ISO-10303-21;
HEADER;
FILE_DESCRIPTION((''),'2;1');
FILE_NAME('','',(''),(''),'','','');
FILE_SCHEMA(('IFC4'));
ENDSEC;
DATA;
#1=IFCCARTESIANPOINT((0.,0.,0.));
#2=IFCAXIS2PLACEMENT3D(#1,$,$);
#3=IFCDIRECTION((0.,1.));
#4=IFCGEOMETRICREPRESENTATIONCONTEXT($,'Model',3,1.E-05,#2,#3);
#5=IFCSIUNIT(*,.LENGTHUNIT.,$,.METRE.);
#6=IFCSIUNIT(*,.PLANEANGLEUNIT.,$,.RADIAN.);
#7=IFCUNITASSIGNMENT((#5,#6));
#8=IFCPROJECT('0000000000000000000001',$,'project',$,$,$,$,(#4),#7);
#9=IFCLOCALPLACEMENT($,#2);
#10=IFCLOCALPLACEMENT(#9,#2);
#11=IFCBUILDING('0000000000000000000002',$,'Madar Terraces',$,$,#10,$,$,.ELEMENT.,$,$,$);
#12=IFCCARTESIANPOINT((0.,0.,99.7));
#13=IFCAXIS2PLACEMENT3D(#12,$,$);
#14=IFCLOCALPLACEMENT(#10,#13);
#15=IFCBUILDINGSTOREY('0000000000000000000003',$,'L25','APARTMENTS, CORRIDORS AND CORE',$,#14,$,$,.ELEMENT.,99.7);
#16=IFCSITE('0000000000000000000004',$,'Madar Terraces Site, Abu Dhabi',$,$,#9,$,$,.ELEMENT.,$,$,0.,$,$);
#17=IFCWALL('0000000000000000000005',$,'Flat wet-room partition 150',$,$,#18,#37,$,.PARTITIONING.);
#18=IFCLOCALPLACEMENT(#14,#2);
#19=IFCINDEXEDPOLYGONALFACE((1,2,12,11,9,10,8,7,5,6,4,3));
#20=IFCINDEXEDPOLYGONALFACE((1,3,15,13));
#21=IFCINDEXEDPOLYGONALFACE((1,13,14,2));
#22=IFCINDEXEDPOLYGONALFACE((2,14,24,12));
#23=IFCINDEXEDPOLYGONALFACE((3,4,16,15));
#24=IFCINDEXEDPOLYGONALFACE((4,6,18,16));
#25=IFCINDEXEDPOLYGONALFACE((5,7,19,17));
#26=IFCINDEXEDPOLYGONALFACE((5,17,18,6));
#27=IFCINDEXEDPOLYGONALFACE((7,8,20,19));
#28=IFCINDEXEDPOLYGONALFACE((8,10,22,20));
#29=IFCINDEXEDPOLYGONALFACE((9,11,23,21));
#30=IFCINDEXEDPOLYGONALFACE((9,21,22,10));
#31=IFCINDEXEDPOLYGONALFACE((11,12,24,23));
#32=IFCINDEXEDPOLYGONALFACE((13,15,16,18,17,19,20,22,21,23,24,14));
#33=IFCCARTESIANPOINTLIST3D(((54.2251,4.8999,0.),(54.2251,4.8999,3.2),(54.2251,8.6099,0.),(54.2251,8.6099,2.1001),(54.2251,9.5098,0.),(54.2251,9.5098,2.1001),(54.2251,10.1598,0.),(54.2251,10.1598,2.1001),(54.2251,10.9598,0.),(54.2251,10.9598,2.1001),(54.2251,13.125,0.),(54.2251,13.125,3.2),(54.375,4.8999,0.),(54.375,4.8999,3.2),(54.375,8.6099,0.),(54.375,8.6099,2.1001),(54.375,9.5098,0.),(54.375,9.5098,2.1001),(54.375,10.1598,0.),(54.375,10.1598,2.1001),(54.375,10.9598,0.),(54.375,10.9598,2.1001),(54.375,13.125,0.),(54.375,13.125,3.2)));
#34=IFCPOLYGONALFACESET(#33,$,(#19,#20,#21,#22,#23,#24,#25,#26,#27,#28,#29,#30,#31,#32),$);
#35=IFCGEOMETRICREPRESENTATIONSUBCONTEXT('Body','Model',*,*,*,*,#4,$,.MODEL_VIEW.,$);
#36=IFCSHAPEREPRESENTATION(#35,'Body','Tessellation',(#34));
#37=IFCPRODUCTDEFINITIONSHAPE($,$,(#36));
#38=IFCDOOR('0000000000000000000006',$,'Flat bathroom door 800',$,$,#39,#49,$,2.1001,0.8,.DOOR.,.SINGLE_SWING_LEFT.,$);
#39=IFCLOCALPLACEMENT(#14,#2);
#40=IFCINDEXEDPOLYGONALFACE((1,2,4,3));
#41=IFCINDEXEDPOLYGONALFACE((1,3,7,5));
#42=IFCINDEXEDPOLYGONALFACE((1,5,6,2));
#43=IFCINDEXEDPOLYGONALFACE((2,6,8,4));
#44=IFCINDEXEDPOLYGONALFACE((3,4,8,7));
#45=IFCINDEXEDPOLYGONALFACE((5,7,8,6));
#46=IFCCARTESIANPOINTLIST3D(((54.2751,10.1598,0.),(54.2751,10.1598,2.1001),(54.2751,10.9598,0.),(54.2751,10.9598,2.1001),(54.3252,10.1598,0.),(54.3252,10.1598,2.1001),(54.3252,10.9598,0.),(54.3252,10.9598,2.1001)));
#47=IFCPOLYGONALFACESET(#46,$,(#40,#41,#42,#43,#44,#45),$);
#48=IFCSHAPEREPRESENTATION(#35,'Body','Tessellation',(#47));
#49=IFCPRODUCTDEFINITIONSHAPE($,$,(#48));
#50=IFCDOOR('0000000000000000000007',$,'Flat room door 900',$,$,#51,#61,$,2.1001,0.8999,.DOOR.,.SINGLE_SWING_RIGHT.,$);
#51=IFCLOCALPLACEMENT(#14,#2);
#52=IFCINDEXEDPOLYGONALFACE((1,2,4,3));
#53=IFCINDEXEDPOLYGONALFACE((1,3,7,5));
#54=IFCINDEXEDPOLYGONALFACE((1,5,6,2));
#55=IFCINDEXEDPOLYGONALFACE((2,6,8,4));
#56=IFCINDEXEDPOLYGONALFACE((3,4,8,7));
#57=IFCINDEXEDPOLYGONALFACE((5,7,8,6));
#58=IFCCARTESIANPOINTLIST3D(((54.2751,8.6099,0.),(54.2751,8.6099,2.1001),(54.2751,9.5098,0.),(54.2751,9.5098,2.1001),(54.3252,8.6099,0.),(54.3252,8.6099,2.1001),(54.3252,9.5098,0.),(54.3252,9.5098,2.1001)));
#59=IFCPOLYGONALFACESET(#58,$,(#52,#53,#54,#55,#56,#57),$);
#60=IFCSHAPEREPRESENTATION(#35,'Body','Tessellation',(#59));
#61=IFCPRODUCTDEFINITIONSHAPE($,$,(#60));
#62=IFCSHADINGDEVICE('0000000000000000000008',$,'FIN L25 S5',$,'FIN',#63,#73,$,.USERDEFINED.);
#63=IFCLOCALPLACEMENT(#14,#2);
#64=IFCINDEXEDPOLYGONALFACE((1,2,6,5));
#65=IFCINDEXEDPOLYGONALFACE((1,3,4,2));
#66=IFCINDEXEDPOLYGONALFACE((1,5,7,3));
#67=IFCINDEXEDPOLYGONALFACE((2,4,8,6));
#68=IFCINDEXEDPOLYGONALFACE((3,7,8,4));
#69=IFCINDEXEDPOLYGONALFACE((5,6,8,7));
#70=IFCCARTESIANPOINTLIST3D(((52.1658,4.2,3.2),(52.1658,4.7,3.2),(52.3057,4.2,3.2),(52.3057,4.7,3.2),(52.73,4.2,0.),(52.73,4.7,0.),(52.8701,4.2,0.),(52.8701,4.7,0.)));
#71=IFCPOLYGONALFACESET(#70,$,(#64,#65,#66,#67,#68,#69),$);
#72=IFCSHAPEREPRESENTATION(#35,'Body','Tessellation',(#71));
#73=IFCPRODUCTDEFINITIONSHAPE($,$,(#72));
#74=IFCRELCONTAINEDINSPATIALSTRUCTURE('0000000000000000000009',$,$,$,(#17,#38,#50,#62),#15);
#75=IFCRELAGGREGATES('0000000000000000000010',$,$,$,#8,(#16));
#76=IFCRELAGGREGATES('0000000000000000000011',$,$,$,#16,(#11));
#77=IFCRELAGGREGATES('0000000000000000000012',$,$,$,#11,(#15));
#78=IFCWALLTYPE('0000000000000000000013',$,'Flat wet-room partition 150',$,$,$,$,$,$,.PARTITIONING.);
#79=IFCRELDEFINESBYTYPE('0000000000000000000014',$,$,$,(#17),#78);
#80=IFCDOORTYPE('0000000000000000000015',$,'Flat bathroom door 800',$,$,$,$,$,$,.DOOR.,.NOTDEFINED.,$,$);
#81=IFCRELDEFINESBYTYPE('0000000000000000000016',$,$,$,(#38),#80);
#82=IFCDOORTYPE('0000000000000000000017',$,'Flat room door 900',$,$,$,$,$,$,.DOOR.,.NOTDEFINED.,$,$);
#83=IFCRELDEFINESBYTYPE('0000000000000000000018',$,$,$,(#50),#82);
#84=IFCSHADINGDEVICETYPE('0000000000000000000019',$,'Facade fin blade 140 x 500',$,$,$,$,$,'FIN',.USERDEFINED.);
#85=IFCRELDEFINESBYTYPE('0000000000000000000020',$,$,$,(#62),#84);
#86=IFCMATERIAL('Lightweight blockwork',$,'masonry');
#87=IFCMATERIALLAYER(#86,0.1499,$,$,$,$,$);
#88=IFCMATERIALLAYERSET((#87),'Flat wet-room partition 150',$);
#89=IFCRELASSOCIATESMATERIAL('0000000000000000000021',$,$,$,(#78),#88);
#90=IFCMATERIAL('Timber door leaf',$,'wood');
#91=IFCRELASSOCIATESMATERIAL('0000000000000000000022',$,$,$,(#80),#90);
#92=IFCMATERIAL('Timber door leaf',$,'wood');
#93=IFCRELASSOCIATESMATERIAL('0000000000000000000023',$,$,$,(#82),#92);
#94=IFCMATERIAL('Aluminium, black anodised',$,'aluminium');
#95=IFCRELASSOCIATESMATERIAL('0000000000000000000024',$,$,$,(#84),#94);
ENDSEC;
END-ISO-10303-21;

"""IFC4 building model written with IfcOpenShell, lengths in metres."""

from ifc_helpers import new_model, si_unit, direction, frame, frame_2d, origin, place, context, subcontext, project, spatial, polyline, rectangle, outline, extrude, material, layer, layer_set, type_object, element, fill, save


model = new_model("IFC4")

# Units and contexts
model_context = context("Model", 3, precision=1e-05, world=origin(), true_north=direction((0.0, 1.0)))
body_context = subcontext(model_context, "Body", "Model", "MODEL_VIEW")
ifc_project = project(units=[si_unit("LENGTHUNIT", "METRE"), si_unit("PLANEANGLEUNIT", "RADIAN")], contexts=[model_context])

# Site, building, storey
site_placement = place(None, origin())
site = spatial("IfcSite", under=ifc_project, at=site_placement, Name="Madar Terraces Site, Abu Dhabi", CompositionType="ELEMENT", RefElevation=0.0)
building_placement = place(site_placement, origin())
building = spatial("IfcBuilding", under=site, at=building_placement, Name="Madar Terraces", CompositionType="ELEMENT")
storey_placement = place(building_placement, frame((0.0, 0.0, 99.7)))
storey = spatial("IfcBuildingStorey", under=building, at=storey_placement, Name="L25", Description="APARTMENTS, CORRIDORS AND CORE", CompositionType="ELEMENT", Elevation=99.7)

# Shared definitions
ifc_material_1 = material(Name="Lightweight blockwork", Category="masonry")
ifc_layer_1 = layer(ifc_material_1, 0.1499)
ifc_layer_set_1 = layer_set([ifc_layer_1], Name="Flat wet-room partition 150")
wall_type_1 = type_object("IfcWallType", Name="Flat wet-room partition 150", PredefinedType="PARTITIONING", material=ifc_layer_set_1)

# Wall, openings, doors
wall_1_placement = place(storey_placement, frame((54.3, 4.8999, 0.0), z_axis=(0.0, 0.0, 1.0), x_axis=(0.0, 1.0, 0.0)))
wall_1 = element("IfcWall", 1, at=wall_1_placement, inside=storey, type_object=wall_type_1, Name="Flat wet-room partition 150", PredefinedType="PARTITIONING", context=body_context, shape_type="SweptSolid", body=[
    extrude(rectangle(XDim=8.2251, YDim=0.1499, at=frame_2d((4.1125, 0.0))), origin(), (0.0, 0.0, 1.0), 3.2),
])
opening_1_placement = place(wall_1_placement, frame((5.26, 0.0, 0.0)))
opening_1 = element("IfcOpeningElement", 2, at=opening_1_placement, cuts=wall_1, PredefinedType="OPENING", context=body_context, shape_type="SweptSolid", body=[
    extrude(rectangle(XDim=0.8, YDim=2.1001, at=frame_2d((0.3999, 1.05))), frame((0.0, 0.085, 0.0), z_axis=(0.0, -1.0, 0.0), x_axis=(1.0, 0.0, 0.0)), (0.0, 0.0, 1.0), 0.1699),
])
opening_2_placement = place(wall_1_placement, frame((3.71, 0.0, 0.0)))
opening_2 = element("IfcOpeningElement", 3, at=opening_2_placement, cuts=wall_1, PredefinedType="OPENING", context=body_context, shape_type="SweptSolid", body=[
    extrude(rectangle(XDim=0.8999, YDim=2.1001, at=frame_2d((0.45, 1.05))), frame((0.0, 0.085, 0.0), z_axis=(0.0, -1.0, 0.0), x_axis=(1.0, 0.0, 0.0)), (0.0, 0.0, 1.0), 0.1699),
])
ifc_material_2 = material(Name="Timber door leaf", Category="wood")
door_type_1 = type_object("IfcDoorType", Name="Flat bathroom door 800", OperationType="NOTDEFINED", PredefinedType="DOOR", material=ifc_material_2)
door_1_placement = place(opening_1_placement, origin())
door_1 = element("IfcDoor", 4, at=door_1_placement, inside=storey, type_object=door_type_1, Name="Flat bathroom door 800", OperationType="SINGLE_SWING_LEFT", OverallHeight=2.1001, OverallWidth=0.8, PredefinedType="DOOR", context=body_context, shape_type="SweptSolid", body=[
    extrude(rectangle(XDim=0.8, YDim=2.1001, at=frame_2d((0.3999, 1.05))), frame((0.0, 0.0249, 0.0), z_axis=(0.0, -1.0, 0.0), x_axis=(1.0, 0.0, 0.0)), (0.0, 0.0, 1.0), 0.05),
])
fill(opening_1, door_1)
ifc_material_3 = material(Name="Timber door leaf", Category="wood")
door_type_2 = type_object("IfcDoorType", Name="Flat room door 900", OperationType="NOTDEFINED", PredefinedType="DOOR", material=ifc_material_3)
door_2_placement = place(opening_2_placement, origin())
door_2 = element("IfcDoor", 5, at=door_2_placement, inside=storey, type_object=door_type_2, Name="Flat room door 900", OperationType="SINGLE_SWING_RIGHT", OverallHeight=2.1001, OverallWidth=0.8999, PredefinedType="DOOR", context=body_context, shape_type="SweptSolid", body=[
    extrude(rectangle(XDim=0.8999, YDim=2.1001, at=frame_2d((0.45, 1.05))), frame((0.0, 0.0249, 0.0), z_axis=(0.0, -1.0, 0.0), x_axis=(1.0, 0.0, 0.0)), (0.0, 0.0, 1.0), 0.05),
])
fill(opening_2, door_2)

# Shading device
ifc_material_4 = material(Name="Aluminium, black anodised", Category="aluminium")
shading_device_type = type_object("IfcShadingDeviceType", Name="Facade fin blade 140 x 500", ElementType="FIN", PredefinedType="USERDEFINED", material=ifc_material_4)
shading_device_placement = place(storey_placement, frame((52.73, 4.45, 0.0), z_axis=(0.0, 0.0, 1.0), x_axis=(1.0, 0.0, 0.0)))
element("IfcShadingDevice", 6, at=shading_device_placement, inside=storey, type_object=shading_device_type, Name="FIN L25 S5", ObjectType="FIN", PredefinedType="USERDEFINED", context=body_context, shape_type="SweptSolid", body=[
    extrude(outline(polyline([(0.0, 0.0), (0.1401, 0.0), (-0.4243, 3.2), (-0.5642, 3.2), (0.0, 0.0)])), frame((0.0, 0.25, 0.0), z_axis=(0.0, -1.0, 0.0), x_axis=(1.0, 0.0, 0.0)), (0.0, 0.0, 1.0), 0.5),
])

save(model, "model.ifc")
